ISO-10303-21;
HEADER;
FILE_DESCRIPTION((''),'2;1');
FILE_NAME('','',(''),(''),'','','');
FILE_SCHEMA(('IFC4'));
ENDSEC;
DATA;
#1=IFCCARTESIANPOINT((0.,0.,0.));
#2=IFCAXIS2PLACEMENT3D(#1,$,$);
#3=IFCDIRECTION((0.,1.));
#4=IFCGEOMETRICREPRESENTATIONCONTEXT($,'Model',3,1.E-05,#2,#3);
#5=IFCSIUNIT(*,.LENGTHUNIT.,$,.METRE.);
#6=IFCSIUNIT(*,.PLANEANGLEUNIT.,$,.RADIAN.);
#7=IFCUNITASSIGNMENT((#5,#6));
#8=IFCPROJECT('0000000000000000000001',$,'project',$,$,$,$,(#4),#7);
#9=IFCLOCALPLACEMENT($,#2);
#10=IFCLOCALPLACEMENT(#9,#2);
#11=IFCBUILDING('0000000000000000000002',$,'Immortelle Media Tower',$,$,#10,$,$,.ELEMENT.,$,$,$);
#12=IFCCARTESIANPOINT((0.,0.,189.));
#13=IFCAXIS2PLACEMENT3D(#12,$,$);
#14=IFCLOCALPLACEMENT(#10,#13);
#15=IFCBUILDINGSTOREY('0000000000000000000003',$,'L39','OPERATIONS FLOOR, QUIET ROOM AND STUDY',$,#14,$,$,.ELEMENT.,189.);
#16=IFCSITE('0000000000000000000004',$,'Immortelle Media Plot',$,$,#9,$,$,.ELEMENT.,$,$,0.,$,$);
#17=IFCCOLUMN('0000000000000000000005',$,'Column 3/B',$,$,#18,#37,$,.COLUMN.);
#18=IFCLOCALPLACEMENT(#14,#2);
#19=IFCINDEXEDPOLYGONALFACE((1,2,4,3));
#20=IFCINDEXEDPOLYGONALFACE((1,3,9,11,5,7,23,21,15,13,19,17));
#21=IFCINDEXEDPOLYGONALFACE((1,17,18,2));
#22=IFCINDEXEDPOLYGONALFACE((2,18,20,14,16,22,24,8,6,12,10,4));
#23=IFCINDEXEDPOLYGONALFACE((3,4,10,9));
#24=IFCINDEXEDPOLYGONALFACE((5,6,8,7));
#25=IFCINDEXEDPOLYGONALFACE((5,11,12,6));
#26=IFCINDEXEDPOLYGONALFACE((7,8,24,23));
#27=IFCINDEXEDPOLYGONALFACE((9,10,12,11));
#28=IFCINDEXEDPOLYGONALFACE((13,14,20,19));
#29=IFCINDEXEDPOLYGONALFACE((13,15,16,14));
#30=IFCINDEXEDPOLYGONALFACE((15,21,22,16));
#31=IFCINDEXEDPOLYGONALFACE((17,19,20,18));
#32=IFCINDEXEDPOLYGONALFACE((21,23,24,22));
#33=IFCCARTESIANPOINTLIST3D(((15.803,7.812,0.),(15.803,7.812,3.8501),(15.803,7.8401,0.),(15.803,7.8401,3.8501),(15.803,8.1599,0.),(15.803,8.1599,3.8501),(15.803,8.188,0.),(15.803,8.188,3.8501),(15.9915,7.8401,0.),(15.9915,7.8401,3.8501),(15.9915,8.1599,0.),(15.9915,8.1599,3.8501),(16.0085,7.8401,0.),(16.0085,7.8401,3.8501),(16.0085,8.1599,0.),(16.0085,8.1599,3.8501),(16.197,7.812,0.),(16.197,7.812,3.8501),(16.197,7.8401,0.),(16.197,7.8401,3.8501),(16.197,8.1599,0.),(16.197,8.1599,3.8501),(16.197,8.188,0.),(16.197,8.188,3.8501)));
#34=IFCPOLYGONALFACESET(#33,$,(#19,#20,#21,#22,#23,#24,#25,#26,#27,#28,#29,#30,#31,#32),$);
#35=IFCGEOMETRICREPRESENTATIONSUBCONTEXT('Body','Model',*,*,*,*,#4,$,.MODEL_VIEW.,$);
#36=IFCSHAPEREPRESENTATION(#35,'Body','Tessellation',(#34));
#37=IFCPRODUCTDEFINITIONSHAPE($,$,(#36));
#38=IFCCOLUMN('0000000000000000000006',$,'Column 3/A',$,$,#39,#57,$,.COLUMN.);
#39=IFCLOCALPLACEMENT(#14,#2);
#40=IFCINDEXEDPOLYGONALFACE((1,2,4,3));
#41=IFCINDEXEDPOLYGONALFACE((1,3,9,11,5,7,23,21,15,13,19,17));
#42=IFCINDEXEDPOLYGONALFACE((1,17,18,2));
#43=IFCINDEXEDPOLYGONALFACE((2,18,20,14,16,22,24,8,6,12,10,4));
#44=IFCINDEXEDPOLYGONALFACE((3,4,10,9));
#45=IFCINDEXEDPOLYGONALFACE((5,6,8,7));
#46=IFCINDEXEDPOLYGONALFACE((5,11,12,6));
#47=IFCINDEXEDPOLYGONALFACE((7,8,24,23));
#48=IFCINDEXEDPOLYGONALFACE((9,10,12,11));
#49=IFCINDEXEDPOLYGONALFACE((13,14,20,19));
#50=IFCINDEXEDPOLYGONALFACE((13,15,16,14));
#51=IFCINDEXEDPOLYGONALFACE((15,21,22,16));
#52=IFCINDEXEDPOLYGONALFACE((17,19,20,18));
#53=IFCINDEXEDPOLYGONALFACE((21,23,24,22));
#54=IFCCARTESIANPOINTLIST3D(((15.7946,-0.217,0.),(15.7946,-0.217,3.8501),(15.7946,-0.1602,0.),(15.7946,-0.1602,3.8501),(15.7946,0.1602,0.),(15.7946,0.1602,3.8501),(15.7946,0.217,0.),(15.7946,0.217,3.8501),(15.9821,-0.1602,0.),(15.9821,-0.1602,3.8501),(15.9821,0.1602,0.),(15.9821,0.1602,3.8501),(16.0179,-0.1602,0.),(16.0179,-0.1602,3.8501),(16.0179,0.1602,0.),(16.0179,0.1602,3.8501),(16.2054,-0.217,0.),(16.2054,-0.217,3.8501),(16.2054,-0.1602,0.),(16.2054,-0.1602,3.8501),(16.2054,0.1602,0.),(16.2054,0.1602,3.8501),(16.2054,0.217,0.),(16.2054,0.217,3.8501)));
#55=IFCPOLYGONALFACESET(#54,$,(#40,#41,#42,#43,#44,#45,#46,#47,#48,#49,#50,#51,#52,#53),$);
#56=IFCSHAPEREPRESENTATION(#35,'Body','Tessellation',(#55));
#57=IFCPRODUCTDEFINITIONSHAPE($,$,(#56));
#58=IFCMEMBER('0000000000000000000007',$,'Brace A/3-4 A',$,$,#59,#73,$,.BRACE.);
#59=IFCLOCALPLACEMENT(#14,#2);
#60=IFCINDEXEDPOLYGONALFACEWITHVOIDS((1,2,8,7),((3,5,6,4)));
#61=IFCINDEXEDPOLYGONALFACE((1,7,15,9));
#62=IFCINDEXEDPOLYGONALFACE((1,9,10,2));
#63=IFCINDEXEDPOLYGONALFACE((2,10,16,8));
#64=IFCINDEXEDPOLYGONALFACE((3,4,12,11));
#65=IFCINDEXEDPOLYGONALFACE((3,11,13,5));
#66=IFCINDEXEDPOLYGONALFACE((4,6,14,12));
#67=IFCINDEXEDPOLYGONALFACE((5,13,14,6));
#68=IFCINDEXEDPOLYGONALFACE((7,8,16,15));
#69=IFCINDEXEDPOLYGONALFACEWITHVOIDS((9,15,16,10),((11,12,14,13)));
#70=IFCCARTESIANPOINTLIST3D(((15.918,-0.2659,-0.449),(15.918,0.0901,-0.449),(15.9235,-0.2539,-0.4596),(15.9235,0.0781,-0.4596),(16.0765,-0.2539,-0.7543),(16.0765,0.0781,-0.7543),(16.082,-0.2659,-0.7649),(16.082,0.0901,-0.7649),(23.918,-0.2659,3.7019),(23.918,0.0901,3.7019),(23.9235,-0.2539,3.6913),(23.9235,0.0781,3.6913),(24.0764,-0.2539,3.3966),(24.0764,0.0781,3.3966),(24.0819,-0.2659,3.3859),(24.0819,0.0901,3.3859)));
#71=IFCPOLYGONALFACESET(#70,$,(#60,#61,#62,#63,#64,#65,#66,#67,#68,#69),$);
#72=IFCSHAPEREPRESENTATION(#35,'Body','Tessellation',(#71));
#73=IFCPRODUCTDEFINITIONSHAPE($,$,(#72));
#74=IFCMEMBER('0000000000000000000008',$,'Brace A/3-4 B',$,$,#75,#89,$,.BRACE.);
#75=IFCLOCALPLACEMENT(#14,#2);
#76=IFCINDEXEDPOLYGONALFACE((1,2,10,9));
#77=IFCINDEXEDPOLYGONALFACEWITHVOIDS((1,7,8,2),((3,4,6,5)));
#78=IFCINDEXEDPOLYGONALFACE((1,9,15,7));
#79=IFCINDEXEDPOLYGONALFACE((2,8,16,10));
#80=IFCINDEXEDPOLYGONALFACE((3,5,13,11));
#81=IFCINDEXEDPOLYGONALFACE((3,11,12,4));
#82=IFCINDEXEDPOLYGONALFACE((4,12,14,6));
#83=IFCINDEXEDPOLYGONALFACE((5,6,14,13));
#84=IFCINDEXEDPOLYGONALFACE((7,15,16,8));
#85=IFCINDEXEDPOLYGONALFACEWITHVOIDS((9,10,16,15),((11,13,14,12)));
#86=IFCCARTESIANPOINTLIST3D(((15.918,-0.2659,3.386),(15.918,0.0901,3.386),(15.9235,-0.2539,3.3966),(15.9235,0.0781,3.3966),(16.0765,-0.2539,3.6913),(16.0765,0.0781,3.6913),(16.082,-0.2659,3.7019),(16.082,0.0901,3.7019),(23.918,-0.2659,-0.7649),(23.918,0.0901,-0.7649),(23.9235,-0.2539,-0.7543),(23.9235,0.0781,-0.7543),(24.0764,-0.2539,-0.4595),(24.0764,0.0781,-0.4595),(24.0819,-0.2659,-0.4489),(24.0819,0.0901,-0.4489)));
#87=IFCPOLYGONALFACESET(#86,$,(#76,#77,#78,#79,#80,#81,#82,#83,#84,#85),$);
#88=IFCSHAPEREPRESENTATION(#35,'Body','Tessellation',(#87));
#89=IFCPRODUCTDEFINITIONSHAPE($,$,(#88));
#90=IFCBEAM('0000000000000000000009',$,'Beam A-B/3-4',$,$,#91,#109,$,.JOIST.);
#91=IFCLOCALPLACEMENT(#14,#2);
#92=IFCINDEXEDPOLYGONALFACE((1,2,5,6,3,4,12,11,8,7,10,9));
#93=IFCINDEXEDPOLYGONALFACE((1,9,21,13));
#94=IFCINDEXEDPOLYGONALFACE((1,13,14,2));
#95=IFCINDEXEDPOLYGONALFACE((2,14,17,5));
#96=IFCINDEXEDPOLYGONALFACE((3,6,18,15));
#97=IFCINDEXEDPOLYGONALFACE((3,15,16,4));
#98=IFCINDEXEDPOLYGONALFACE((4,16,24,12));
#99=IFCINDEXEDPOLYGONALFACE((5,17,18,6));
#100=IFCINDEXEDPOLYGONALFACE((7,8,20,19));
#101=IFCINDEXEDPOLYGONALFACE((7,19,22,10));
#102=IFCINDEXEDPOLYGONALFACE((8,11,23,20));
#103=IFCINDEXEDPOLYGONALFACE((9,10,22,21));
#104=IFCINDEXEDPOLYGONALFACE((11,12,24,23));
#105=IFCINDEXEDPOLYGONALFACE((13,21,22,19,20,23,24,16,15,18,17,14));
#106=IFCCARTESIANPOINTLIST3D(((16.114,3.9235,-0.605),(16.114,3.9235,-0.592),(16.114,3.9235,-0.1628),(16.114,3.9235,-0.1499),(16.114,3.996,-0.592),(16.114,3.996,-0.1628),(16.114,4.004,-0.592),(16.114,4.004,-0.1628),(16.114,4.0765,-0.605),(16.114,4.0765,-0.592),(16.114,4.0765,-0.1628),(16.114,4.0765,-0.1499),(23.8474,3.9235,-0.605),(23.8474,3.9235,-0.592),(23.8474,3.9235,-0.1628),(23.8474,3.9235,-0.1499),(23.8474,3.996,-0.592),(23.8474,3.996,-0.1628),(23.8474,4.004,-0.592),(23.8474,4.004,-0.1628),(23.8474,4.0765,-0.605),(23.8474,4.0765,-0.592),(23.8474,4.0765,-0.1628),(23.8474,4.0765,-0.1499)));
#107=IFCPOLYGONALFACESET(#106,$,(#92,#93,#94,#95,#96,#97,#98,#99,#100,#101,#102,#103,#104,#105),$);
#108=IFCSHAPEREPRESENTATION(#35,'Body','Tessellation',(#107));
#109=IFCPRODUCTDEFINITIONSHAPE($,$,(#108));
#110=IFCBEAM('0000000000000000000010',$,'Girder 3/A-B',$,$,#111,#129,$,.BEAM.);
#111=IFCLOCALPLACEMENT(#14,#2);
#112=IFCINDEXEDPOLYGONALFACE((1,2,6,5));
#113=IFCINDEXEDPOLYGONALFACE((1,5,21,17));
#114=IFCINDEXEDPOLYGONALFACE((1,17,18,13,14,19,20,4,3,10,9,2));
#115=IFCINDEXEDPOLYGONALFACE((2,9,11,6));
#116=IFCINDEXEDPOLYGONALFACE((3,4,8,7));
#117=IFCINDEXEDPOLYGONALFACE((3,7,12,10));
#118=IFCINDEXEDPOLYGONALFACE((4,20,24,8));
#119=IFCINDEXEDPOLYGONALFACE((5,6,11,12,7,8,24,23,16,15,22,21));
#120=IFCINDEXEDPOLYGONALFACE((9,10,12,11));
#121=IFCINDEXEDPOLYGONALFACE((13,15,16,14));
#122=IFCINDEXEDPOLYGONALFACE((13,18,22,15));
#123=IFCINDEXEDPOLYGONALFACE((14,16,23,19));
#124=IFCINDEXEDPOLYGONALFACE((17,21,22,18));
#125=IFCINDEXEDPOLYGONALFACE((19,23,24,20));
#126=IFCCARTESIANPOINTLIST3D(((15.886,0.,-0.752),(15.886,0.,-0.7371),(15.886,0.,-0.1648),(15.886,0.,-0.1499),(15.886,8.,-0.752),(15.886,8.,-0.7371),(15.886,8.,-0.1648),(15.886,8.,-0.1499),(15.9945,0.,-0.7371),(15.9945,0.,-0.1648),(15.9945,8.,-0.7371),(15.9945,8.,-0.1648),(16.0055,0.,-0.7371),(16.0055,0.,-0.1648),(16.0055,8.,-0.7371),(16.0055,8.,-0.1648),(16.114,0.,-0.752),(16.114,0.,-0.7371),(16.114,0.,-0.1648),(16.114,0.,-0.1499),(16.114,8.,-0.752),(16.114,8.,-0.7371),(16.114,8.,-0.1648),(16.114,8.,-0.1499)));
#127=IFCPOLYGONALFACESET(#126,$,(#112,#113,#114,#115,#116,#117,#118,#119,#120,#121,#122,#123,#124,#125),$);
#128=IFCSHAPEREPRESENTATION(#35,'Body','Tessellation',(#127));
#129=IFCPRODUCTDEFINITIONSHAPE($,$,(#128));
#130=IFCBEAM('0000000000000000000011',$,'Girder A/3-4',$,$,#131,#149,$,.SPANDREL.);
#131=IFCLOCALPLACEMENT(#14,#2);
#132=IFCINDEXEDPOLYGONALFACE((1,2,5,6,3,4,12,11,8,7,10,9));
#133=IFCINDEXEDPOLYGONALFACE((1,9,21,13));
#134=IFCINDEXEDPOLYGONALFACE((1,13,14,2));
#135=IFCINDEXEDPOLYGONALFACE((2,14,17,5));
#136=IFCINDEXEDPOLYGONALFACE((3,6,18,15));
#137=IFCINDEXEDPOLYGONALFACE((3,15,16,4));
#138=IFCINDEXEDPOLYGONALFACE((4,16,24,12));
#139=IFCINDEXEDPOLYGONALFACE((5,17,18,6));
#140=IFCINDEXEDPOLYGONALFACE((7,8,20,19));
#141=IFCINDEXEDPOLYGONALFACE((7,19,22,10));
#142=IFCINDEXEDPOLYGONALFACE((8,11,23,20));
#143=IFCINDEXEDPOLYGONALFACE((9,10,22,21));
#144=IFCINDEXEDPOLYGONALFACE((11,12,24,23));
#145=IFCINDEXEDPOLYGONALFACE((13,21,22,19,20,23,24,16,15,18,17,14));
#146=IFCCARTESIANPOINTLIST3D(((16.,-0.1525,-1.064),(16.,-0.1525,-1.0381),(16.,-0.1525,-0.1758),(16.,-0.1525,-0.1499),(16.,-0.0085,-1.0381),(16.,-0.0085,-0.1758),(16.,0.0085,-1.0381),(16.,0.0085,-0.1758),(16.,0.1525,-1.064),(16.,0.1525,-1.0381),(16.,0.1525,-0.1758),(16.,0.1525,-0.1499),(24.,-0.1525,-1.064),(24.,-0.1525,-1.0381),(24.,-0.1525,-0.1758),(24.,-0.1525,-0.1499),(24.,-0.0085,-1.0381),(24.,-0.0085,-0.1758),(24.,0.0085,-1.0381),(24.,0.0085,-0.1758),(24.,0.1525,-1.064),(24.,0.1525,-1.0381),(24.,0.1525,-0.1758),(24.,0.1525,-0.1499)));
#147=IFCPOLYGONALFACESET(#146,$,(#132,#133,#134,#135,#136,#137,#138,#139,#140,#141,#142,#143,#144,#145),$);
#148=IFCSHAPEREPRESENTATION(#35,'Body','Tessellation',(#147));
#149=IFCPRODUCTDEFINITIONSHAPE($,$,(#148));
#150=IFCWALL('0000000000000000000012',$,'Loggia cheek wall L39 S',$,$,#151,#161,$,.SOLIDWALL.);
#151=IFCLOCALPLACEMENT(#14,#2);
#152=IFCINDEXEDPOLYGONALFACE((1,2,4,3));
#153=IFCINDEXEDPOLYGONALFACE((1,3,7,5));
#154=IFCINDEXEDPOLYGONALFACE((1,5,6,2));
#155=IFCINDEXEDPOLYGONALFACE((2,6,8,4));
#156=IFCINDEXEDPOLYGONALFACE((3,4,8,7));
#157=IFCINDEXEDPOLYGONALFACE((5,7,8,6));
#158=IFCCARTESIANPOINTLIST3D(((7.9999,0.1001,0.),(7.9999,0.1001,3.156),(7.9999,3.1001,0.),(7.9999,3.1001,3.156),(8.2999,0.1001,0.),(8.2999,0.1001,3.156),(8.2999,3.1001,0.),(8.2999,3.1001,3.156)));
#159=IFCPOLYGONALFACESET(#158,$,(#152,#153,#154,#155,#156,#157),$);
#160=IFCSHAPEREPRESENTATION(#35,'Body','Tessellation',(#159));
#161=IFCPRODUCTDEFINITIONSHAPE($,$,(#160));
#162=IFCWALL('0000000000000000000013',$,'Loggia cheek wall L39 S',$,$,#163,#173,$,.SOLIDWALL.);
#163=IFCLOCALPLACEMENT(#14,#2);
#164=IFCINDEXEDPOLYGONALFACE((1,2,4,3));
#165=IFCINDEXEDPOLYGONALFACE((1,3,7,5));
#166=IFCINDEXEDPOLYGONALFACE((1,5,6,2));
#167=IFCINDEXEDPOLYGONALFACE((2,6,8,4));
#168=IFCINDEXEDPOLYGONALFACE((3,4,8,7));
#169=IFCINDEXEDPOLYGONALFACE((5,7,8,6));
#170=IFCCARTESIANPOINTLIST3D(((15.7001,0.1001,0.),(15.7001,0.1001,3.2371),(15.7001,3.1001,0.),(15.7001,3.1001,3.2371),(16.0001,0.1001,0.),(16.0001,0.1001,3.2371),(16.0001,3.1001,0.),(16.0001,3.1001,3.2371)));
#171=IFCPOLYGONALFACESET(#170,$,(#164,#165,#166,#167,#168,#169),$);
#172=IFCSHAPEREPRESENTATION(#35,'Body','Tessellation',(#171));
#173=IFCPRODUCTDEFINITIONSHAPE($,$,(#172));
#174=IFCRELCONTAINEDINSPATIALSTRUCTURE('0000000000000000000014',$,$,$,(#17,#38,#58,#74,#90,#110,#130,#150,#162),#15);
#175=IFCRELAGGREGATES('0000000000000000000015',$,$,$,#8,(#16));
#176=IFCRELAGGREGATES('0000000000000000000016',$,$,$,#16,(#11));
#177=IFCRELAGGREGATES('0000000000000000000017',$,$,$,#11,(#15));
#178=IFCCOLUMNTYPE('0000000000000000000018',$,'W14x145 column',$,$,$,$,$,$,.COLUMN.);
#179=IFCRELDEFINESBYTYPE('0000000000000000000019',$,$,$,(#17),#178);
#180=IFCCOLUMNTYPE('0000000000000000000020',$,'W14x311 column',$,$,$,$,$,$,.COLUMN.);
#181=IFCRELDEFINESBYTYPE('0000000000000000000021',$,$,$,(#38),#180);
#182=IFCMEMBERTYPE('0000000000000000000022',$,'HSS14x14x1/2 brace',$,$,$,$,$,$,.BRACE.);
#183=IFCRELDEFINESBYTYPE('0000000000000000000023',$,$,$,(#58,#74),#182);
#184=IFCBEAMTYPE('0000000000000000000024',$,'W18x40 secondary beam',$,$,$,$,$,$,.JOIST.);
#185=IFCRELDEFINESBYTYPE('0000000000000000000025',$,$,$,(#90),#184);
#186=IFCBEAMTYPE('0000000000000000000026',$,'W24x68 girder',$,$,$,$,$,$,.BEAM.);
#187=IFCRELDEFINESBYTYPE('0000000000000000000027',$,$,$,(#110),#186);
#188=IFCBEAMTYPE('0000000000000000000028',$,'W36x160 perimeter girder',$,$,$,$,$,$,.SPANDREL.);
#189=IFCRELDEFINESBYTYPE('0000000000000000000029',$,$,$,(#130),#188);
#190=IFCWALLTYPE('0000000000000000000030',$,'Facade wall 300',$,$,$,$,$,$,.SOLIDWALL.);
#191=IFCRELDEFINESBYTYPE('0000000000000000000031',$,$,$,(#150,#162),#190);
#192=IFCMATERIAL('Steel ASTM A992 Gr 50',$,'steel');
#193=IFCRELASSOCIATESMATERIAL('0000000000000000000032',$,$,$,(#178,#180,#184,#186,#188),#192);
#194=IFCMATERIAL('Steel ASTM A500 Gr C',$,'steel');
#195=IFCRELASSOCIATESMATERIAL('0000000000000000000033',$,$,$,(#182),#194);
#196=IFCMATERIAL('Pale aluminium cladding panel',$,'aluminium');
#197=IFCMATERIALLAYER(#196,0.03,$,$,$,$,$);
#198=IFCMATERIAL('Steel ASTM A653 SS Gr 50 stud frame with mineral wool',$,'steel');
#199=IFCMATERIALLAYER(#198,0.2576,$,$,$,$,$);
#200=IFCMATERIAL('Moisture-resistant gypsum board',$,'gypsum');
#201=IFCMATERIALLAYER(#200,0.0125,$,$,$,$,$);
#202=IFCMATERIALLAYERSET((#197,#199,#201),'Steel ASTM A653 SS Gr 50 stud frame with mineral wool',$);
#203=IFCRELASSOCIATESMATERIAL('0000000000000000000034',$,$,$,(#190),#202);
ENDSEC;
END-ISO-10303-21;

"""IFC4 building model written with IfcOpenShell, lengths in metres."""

from ifc_helpers import new_model, si_unit, direction, frame, frame_2d, origin, origin_2d, place, context, subcontext, project, spatial, rectangle, hollow_rectangle, i_section, extrude, material, layer, layer_set, material_profile, profile_set, type_object, element, save


model = new_model("IFC4")

# Units and contexts
model_context = context("Model", 3, precision=1e-05, world=origin(), true_north=direction((0.0, 1.0)))
body_context = subcontext(model_context, "Body", "Model", "MODEL_VIEW")
ifc_project = project(units=[si_unit("LENGTHUNIT", "METRE"), si_unit("PLANEANGLEUNIT", "RADIAN")], contexts=[model_context])

# Site, building, storey
site_placement = place(None, origin())
site = spatial("IfcSite", under=ifc_project, at=site_placement, Name="Immortelle Media Plot", CompositionType="ELEMENT", RefElevation=0.0)
building_placement = place(site_placement, origin())
building = spatial("IfcBuilding", under=site, at=building_placement, Name="Immortelle Media Tower", CompositionType="ELEMENT")
storey_placement = place(building_placement, frame((0.0, 0.0, 189.0)))
storey = spatial("IfcBuildingStorey", under=building, at=storey_placement, Name="L39", Description="OPERATIONS FLOOR, QUIET ROOM AND STUDY", CompositionType="ELEMENT", Elevation=189.0)

# Columns
ifc_material_1 = material(Name="Steel ASTM A992 Gr 50", Category="steel")
ifc_material_profile_1 = material_profile(ifc_material_1, i_section(OverallWidth=0.394, OverallDepth=0.376, WebThickness=0.0171, FlangeThickness=0.0281, at=origin_2d()), Name="W14x145")
ifc_profile_set_1 = profile_set([ifc_material_profile_1], Name="Steel ASTM A992 Gr 50")
column_type_1 = type_object("IfcColumnType", Name="W14x145 column", PredefinedType="COLUMN", material=ifc_profile_set_1)
column_1_placement = place(storey_placement, frame((16.0, 8.0, 0.0), z_axis=(0.0, 0.0, 1.0), x_axis=(1.0, 0.0, 0.0)))
element("IfcColumn", 1, at=column_1_placement, inside=storey, type_object=column_type_1, Name="Column 3/B", PredefinedType="COLUMN", context=body_context, shape_type="SweptSolid", body=[
    extrude(i_section(OverallWidth=0.394, OverallDepth=0.376, WebThickness=0.0171, FlangeThickness=0.0281, at=origin_2d()), origin(), (0.0, 0.0, 1.0), 3.8501),
])
ifc_material_profile_2 = material_profile(ifc_material_1, i_section(OverallWidth=0.4109, OverallDepth=0.4341, WebThickness=0.0359, FlangeThickness=0.0569, at=origin_2d()), Name="W14x311")
ifc_profile_set_2 = profile_set([ifc_material_profile_2], Name="Steel ASTM A992 Gr 50")
column_type_2 = type_object("IfcColumnType", Name="W14x311 column", PredefinedType="COLUMN", material=ifc_profile_set_2)
column_2_placement = place(storey_placement, frame((16.0, 0.0, 0.0), z_axis=(0.0, 0.0, 1.0), x_axis=(1.0, 0.0, 0.0)))
element("IfcColumn", 2, at=column_2_placement, inside=storey, type_object=column_type_2, Name="Column 3/A", PredefinedType="COLUMN", context=body_context, shape_type="SweptSolid", body=[
    extrude(i_section(OverallWidth=0.4109, OverallDepth=0.4341, WebThickness=0.0359, FlangeThickness=0.0569, at=origin_2d()), origin(), (0.0, 0.0, 1.0), 3.8501),
])

# Members
ifc_material_2 = material(Name="Steel ASTM A500 Gr C", Category="steel")
ifc_material_profile_3 = material_profile(ifc_material_2, hollow_rectangle(XDim=0.356, YDim=0.356, WallThickness=0.012, at=origin_2d()), Name="HSS14x14x1/2 brace")
ifc_profile_set_3 = profile_set([ifc_material_profile_3], Name="Steel ASTM A500 Gr C")
member_type = type_object("IfcMemberType", Name="HSS14x14x1/2 brace", PredefinedType="BRACE", material=ifc_profile_set_3)
for number, where, z_axis, x_axis, name in (
    (3, (16.0, -0.0879, -0.6069), (0.887631, 0.0, 0.460556), (0.0, 1.0, 0.0), "Brace A/3-4 A"),
    (4, (16.0, -0.0879, 3.5439), (0.887631, 0.0, -0.460556), (0.0, 1.0, 0.0), "Brace A/3-4 B"),
):
    element("IfcMember", number, at=place(storey_placement, frame(where, z_axis=z_axis, x_axis=x_axis)), inside=storey, type_object=member_type, Name=name, PredefinedType="BRACE", context=body_context, shape_type="SweptSolid", body=[
        extrude(hollow_rectangle(XDim=0.356, YDim=0.356, WallThickness=0.012, at=origin_2d()), origin(), (0.0, 0.0, 1.0), 9.0127),
    ])

# Beams
ifc_material_profile_4 = material_profile(ifc_material_1, i_section(OverallWidth=0.1531, OverallDepth=0.4551, WebThickness=0.0081, FlangeThickness=0.0129, at=origin_2d()), Name="W18x40")
ifc_profile_set_4 = profile_set([ifc_material_profile_4], Name="Steel ASTM A992 Gr 50")
beam_type_1 = type_object("IfcBeamType", Name="W18x40 secondary beam", PredefinedType="JOIST", material=ifc_profile_set_4)
beam_1_placement = place(storey_placement, frame((16.114, 4.0, -0.3774), z_axis=(1.0, 0.0, 0.0), x_axis=(0.0, 1.0, 0.0)))
element("IfcBeam", 5, at=beam_1_placement, inside=storey, type_object=beam_type_1, Name="Beam A-B/3-4", PredefinedType="JOIST", context=body_context, shape_type="SweptSolid", body=[
    extrude(i_section(OverallWidth=0.1531, OverallDepth=0.4551, WebThickness=0.0081, FlangeThickness=0.0129, at=origin_2d()), origin(), (0.0, 0.0, 1.0), 7.7334),
])
ifc_material_profile_5 = material_profile(ifc_material_1, i_section(OverallWidth=0.228, OverallDepth=0.6021, WebThickness=0.011, FlangeThickness=0.0149, at=origin_2d()), Name="W24x68")
ifc_profile_set_5 = profile_set([ifc_material_profile_5], Name="Steel ASTM A992 Gr 50")
beam_type_2 = type_object("IfcBeamType", Name="W24x68 girder", PredefinedType="BEAM", material=ifc_profile_set_5)
beam_2_placement = place(storey_placement, frame((16.0, 0.0, -0.4509), z_axis=(0.0, 1.0, 0.0), x_axis=(-1.0, 0.0, 0.0)))
element("IfcBeam", 6, at=beam_2_placement, inside=storey, type_object=beam_type_2, Name="Girder 3/A-B", PredefinedType="BEAM", context=body_context, shape_type="SweptSolid", body=[
    extrude(i_section(OverallWidth=0.228, OverallDepth=0.6021, WebThickness=0.011, FlangeThickness=0.0149, at=origin_2d()), origin(), (0.0, 0.0, 1.0), 8.0),
])
ifc_material_profile_6 = material_profile(ifc_material_1, i_section(OverallWidth=0.3049, OverallDepth=0.9141, WebThickness=0.0171, FlangeThickness=0.0259, at=origin_2d()), Name="W36x160")
ifc_profile_set_6 = profile_set([ifc_material_profile_6], Name="Steel ASTM A992 Gr 50")
beam_type_3 = type_object("IfcBeamType", Name="W36x160 perimeter girder", PredefinedType="SPANDREL", material=ifc_profile_set_6)
beam_3_placement = place(storey_placement, frame((16.0, 0.0, -0.6069), z_axis=(1.0, 0.0, 0.0), x_axis=(0.0, 1.0, 0.0)))
element("IfcBeam", 7, at=beam_3_placement, inside=storey, type_object=beam_type_3, Name="Girder A/3-4", PredefinedType="SPANDREL", context=body_context, shape_type="SweptSolid", body=[
    extrude(i_section(OverallWidth=0.3049, OverallDepth=0.9141, WebThickness=0.0171, FlangeThickness=0.0259, at=origin_2d()), origin(), (0.0, 0.0, 1.0), 8.0),
])

# Shared definitions
ifc_material_3 = material(Name="Pale aluminium cladding panel", Category="aluminium")
ifc_layer_1 = layer(ifc_material_3, 0.03)
ifc_material_4 = material(Name="Steel ASTM A653 SS Gr 50 stud frame with mineral wool", Category="steel")
ifc_layer_2 = layer(ifc_material_4, 0.2576)
ifc_material_5 = material(Name="Moisture-resistant gypsum board", Category="gypsum")
ifc_layer_3 = layer(ifc_material_5, 0.0125)
ifc_layer_set_1 = layer_set([ifc_layer_1, ifc_layer_2, ifc_layer_3], Name="Steel ASTM A653 SS Gr 50 stud frame with mineral wool")
wall_type_1 = type_object("IfcWallType", Name="Facade wall 300", PredefinedType="SOLIDWALL", material=ifc_layer_set_1)

# Walls
wall_1_placement = place(storey_placement, frame((8.1499, 0.1001, 0.0), z_axis=(0.0, 0.0, 1.0), x_axis=(0.0, 1.0, 0.0)))
element("IfcWall", 8, at=wall_1_placement, inside=storey, type_object=wall_type_1, Name="Loggia cheek wall L39 S", PredefinedType="SOLIDWALL", context=body_context, shape_type="SweptSolid", body=[
    extrude(rectangle(XDim=3.0, YDim=0.3, at=frame_2d((1.5, 0.0))), origin(), (0.0, 0.0, 1.0), 3.156),
])
wall_2_placement = place(storey_placement, frame((15.8501, 0.1001, 0.0), z_axis=(0.0, 0.0, 1.0), x_axis=(0.0, 1.0, 0.0)))
element("IfcWall", 9, at=wall_2_placement, inside=storey, type_object=wall_type_1, Name="Loggia cheek wall L39 S", PredefinedType="SOLIDWALL", context=body_context, shape_type="SweptSolid", body=[
    extrude(rectangle(XDim=3.0, YDim=0.3, at=frame_2d((1.5, 0.0))), origin(), (0.0, 0.0, 1.0), 3.2371),
])

save(model, "model.ifc")
